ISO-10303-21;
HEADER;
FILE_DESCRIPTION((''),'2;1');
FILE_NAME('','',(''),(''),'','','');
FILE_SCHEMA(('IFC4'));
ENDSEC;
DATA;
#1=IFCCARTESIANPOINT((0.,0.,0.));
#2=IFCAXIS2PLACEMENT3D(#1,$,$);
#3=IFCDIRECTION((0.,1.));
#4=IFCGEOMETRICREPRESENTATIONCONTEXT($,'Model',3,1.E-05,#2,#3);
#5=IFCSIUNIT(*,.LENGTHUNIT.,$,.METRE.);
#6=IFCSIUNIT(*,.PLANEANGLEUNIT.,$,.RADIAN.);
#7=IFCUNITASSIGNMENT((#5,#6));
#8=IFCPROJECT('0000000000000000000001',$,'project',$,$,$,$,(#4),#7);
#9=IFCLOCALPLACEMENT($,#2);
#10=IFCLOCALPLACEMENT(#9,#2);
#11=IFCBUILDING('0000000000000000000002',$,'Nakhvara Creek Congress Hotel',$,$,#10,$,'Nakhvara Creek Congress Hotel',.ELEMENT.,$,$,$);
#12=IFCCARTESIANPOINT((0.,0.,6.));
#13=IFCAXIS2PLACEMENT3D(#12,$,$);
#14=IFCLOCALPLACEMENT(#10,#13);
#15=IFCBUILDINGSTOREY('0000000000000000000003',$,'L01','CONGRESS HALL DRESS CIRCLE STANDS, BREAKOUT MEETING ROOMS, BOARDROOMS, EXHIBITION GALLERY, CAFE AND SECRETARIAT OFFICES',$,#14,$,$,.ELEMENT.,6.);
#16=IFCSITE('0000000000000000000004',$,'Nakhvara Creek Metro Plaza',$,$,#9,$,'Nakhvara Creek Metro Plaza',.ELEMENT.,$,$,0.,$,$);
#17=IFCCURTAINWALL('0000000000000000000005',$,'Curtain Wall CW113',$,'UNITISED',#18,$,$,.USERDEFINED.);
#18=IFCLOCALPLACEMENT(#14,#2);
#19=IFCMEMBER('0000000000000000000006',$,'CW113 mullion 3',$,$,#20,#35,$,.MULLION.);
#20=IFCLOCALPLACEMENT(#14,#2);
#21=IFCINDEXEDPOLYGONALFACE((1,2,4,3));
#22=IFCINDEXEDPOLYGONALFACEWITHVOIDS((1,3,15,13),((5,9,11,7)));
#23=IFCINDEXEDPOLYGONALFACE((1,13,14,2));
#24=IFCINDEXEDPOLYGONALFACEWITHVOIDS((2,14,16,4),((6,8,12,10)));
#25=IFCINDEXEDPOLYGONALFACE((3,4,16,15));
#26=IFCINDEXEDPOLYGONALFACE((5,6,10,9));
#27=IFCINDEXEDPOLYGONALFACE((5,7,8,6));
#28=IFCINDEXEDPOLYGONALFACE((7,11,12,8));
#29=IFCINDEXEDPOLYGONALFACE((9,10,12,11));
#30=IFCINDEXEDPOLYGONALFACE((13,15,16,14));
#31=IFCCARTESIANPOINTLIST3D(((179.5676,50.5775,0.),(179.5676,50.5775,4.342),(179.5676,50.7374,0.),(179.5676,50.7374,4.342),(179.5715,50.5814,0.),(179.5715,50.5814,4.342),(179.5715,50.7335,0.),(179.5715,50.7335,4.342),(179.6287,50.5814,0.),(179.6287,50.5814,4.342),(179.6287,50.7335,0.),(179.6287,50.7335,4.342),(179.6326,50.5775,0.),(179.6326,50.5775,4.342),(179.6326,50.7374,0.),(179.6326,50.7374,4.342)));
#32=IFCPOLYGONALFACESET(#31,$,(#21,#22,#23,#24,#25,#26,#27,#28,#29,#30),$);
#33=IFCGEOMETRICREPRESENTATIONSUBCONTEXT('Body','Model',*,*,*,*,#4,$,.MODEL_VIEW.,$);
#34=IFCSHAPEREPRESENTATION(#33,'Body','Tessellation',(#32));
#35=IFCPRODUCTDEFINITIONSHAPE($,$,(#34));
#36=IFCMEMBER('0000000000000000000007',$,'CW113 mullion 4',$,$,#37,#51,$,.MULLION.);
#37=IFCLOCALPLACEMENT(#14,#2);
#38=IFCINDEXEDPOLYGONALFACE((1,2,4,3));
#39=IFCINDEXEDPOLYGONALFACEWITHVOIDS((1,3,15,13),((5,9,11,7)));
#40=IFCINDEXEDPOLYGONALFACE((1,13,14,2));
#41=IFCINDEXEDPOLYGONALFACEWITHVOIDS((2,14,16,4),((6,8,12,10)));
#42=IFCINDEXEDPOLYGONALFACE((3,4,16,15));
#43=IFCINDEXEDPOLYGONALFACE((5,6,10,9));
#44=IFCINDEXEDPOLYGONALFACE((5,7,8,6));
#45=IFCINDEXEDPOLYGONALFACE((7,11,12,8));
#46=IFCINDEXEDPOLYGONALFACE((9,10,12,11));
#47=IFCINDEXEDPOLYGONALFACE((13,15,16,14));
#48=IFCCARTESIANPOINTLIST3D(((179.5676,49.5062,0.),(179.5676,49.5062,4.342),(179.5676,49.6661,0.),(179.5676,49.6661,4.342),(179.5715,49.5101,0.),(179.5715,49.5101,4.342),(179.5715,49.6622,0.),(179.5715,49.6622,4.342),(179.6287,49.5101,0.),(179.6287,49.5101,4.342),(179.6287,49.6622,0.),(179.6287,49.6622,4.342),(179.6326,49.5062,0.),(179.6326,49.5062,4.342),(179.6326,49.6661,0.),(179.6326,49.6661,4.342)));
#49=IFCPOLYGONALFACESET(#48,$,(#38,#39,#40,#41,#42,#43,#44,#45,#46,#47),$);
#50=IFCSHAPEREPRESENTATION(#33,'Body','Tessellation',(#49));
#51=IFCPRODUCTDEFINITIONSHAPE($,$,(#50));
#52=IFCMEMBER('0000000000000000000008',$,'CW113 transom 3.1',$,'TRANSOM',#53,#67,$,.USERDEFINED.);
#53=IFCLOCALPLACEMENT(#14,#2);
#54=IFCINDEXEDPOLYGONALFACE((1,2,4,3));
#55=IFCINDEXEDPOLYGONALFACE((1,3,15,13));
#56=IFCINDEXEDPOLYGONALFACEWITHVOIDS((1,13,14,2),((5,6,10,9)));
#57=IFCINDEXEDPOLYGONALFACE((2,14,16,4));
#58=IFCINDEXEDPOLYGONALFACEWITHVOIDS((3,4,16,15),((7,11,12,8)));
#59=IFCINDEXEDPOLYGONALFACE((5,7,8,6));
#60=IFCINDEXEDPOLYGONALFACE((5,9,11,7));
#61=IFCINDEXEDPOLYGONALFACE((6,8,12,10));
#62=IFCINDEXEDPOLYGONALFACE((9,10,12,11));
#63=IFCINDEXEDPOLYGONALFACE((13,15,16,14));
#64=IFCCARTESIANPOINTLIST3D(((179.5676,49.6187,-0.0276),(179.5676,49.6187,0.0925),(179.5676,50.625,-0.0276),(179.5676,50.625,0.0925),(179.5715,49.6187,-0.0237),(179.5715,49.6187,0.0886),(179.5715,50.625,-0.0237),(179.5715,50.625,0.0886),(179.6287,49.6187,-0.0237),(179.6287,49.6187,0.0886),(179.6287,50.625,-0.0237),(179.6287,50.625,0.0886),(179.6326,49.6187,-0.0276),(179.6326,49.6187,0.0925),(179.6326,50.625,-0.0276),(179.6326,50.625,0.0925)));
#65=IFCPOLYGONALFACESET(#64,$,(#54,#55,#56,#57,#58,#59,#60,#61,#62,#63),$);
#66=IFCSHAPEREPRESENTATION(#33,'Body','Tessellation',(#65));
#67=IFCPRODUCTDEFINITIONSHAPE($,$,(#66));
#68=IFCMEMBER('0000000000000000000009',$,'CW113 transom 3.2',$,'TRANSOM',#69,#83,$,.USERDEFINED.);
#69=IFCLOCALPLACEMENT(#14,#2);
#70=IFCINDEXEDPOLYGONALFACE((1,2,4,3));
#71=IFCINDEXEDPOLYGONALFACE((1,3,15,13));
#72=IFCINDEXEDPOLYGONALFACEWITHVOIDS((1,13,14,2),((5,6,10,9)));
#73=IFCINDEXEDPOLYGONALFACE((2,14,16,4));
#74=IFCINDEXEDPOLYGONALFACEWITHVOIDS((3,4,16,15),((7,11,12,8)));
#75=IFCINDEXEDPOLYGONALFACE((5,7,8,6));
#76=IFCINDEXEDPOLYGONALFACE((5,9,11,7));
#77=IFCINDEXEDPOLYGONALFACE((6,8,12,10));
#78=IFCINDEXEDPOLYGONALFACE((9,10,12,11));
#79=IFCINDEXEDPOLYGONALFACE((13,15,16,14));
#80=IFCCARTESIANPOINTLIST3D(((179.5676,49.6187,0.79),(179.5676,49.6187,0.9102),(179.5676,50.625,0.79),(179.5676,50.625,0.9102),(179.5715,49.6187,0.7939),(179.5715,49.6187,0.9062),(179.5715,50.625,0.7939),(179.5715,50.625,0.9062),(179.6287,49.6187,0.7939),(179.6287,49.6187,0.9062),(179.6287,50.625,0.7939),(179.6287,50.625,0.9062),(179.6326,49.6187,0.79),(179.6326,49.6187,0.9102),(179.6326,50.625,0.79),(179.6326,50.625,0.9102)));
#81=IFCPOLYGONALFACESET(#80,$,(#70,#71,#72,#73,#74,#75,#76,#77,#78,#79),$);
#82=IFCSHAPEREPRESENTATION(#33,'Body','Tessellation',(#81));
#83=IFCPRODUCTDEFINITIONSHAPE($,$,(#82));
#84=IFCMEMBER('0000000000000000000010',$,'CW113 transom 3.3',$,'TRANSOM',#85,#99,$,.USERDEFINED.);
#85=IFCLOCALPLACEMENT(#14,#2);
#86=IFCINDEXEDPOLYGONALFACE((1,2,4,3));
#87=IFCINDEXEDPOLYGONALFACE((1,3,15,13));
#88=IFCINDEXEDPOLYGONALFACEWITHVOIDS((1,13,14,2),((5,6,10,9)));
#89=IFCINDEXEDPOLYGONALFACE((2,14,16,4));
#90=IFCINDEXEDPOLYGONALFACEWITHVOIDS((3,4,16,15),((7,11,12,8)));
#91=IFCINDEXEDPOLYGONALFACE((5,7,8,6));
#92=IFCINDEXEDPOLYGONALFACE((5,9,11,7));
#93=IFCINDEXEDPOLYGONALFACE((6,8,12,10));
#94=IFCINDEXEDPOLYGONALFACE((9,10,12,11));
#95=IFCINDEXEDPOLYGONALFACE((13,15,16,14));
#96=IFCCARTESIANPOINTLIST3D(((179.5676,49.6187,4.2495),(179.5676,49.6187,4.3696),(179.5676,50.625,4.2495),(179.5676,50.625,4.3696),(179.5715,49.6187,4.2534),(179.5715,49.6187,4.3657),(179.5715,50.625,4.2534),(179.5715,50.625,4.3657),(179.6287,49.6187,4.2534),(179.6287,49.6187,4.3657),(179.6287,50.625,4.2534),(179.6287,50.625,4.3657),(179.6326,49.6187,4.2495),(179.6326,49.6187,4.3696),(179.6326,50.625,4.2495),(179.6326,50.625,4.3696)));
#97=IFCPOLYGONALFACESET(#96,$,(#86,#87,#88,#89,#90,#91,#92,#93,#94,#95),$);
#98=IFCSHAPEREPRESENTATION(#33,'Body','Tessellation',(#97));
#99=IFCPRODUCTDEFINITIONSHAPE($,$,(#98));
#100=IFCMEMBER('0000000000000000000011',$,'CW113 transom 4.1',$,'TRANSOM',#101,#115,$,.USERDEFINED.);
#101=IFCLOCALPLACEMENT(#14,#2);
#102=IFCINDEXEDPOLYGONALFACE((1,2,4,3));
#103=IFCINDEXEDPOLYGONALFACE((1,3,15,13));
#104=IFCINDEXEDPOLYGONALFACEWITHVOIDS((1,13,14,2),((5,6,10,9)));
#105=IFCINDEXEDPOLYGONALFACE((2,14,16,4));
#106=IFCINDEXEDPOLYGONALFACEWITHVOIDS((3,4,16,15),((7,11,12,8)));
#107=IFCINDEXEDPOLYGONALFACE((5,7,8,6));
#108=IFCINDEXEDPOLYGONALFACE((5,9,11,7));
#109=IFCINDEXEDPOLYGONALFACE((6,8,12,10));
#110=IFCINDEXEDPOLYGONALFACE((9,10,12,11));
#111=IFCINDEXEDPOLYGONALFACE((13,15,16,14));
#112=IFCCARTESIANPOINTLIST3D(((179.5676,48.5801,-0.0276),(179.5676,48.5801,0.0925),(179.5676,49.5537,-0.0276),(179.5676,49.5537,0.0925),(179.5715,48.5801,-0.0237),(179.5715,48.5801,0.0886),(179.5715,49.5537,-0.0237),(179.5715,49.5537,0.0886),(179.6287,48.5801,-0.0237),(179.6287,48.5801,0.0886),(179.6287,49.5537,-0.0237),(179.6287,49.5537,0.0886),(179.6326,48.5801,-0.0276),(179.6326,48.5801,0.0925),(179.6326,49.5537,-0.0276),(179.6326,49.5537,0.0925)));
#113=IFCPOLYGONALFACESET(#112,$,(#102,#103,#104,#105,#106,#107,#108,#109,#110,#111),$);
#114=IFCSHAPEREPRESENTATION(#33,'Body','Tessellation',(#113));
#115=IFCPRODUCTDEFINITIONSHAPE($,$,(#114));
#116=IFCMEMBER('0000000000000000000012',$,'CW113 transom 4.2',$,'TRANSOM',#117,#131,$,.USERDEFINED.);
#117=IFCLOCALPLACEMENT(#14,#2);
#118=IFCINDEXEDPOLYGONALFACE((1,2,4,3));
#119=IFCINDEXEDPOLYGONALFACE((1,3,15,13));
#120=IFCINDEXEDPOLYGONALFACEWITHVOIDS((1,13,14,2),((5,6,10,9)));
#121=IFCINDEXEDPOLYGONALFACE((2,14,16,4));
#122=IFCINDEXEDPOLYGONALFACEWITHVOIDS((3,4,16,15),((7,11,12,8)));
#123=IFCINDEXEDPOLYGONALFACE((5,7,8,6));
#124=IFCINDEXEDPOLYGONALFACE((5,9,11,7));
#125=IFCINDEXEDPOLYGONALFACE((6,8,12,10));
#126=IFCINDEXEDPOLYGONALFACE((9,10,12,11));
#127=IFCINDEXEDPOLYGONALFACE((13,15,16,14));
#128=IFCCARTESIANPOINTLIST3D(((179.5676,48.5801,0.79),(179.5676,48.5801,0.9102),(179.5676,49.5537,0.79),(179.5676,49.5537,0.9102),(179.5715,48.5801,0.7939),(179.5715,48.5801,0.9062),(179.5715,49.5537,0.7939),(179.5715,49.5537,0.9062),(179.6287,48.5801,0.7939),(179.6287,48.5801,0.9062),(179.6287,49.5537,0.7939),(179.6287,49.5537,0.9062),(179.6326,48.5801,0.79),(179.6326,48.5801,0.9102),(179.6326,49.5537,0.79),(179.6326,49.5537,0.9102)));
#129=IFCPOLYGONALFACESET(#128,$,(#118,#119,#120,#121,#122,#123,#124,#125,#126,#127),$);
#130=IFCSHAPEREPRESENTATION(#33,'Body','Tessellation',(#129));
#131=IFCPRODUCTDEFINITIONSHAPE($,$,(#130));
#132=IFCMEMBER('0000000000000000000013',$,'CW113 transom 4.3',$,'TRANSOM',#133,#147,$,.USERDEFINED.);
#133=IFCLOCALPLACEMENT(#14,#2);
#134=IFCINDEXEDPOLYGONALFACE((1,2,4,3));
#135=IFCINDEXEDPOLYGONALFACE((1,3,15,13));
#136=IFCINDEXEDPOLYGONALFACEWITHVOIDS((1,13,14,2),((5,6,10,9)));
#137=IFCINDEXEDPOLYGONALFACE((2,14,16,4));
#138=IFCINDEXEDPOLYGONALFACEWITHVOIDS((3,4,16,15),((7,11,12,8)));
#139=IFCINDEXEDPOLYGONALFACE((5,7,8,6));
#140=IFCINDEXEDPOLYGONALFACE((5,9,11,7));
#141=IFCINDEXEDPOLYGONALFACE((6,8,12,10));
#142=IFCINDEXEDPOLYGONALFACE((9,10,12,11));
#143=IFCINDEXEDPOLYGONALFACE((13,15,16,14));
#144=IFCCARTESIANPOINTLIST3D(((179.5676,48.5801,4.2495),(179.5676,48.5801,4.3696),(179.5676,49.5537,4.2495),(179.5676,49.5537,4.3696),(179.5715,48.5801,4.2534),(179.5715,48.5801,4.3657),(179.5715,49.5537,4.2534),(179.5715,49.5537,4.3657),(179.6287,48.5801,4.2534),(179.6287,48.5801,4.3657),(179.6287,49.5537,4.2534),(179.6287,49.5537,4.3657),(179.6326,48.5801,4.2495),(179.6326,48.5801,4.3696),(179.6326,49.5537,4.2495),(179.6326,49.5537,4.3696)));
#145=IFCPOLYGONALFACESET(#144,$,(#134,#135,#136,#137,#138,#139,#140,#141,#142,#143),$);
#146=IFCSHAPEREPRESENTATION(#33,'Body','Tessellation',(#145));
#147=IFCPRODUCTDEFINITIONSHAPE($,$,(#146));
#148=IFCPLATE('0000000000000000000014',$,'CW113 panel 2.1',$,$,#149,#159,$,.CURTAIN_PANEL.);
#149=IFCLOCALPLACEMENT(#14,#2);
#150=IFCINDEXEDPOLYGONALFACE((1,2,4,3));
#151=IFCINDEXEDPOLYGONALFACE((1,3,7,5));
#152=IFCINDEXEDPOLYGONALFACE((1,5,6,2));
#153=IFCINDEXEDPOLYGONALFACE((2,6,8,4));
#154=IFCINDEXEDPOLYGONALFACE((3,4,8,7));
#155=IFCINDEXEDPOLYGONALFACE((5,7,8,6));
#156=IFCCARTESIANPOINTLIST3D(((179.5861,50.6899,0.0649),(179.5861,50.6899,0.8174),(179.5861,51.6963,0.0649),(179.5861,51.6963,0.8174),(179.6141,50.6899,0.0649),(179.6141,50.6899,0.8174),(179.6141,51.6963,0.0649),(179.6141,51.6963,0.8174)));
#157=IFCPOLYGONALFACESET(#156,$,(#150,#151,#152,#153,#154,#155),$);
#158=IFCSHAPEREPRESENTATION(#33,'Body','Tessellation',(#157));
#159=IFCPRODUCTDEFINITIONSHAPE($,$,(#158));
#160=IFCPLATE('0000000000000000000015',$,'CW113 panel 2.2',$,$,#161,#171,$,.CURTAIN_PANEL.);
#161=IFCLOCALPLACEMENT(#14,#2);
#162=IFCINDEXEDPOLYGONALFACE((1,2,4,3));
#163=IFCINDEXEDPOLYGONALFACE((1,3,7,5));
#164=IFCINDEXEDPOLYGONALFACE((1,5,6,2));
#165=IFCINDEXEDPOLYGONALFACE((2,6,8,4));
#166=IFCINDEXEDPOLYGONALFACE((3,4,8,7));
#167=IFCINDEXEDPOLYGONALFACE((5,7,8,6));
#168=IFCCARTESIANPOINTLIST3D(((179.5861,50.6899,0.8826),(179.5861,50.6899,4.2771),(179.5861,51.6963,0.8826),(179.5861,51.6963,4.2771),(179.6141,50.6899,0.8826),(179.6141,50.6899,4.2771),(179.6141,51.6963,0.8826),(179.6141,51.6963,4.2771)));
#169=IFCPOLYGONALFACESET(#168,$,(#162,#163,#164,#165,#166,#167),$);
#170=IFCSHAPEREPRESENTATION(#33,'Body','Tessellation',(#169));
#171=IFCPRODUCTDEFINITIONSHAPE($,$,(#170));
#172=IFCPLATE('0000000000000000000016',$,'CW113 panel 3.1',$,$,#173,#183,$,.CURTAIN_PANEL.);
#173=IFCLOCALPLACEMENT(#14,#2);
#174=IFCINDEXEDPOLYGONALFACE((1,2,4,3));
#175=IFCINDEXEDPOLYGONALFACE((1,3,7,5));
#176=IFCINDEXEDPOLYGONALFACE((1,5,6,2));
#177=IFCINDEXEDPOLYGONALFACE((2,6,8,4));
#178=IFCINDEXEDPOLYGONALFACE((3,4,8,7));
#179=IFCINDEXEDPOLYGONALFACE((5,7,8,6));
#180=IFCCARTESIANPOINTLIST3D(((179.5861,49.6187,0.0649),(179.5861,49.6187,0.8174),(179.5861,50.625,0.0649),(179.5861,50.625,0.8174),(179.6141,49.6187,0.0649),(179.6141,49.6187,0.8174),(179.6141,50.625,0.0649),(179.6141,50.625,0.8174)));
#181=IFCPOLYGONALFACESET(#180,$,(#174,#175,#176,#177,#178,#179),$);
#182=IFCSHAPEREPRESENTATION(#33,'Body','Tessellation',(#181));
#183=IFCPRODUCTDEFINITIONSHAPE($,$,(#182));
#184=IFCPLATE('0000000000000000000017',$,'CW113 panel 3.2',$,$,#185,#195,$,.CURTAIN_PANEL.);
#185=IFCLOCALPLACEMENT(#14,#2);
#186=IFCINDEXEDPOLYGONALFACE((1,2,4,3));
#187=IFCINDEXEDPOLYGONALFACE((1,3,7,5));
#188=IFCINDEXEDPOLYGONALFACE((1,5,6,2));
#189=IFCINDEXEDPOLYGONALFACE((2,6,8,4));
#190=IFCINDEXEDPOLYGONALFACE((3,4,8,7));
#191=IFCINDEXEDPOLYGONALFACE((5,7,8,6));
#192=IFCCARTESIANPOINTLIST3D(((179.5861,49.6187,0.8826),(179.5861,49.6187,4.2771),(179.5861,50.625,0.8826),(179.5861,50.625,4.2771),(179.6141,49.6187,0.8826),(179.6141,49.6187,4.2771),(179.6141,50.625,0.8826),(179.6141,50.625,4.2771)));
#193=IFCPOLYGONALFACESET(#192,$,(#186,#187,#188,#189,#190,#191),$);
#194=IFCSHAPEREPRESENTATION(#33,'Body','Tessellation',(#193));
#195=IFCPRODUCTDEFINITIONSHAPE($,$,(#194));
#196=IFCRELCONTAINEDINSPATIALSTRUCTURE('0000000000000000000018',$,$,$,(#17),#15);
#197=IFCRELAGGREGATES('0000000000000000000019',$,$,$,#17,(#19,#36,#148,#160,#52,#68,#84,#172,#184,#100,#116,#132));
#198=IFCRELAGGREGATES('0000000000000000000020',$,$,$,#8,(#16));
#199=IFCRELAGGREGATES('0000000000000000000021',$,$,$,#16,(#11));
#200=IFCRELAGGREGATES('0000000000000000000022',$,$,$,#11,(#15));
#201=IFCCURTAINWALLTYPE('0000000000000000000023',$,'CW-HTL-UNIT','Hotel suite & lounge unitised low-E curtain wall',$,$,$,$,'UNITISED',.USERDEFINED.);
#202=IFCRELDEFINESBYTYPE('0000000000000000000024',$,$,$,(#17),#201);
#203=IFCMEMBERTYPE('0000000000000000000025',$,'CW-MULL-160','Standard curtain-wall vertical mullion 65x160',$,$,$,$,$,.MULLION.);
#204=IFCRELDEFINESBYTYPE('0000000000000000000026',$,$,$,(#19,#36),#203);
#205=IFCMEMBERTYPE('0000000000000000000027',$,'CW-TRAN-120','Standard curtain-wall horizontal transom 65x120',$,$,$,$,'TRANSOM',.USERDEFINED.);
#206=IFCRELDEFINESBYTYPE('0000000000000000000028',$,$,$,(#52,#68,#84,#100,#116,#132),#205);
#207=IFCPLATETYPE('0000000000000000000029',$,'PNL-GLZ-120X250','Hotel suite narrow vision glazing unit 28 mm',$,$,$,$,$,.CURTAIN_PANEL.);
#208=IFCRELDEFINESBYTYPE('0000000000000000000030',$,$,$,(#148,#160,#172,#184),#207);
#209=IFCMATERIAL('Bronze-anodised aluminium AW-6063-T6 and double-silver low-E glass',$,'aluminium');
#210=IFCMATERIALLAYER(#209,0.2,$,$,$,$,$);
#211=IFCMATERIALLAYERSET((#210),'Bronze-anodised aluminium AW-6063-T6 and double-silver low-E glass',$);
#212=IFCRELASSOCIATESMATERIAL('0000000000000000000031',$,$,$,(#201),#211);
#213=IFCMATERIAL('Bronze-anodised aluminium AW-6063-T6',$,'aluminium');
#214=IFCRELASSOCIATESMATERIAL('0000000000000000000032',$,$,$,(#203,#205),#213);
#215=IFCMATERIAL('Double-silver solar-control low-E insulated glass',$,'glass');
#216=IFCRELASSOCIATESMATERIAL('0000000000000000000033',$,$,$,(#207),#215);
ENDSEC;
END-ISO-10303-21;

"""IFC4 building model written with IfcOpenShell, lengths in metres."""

from ifc_helpers import new_model, si_unit, direction, frame, origin, origin_2d, place, context, subcontext, project, spatial, rectangle, hollow_rectangle, extrude, material, layer, layer_set, material_profile, profile_set, type_object, element, aggregate, save


model = new_model("IFC4")

# Units and contexts
model_context = context("Model", 3, precision=1e-05, world=origin(), true_north=direction((0.0, 1.0)))
body_context = subcontext(model_context, "Body", "Model", "MODEL_VIEW")
ifc_project = project(units=[si_unit("LENGTHUNIT", "METRE"), si_unit("PLANEANGLEUNIT", "RADIAN")], contexts=[model_context])

# Site, building, storey
site_placement = place(None, origin())
site = spatial("IfcSite", under=ifc_project, at=site_placement, Name="Nakhvara Creek Metro Plaza", LongName="Nakhvara Creek Metro Plaza", CompositionType="ELEMENT", RefElevation=0.0)
building_placement = place(site_placement, origin())
building = spatial("IfcBuilding", under=site, at=building_placement, Name="Nakhvara Creek Congress Hotel", LongName="Nakhvara Creek Congress Hotel", CompositionType="ELEMENT")
storey_placement = place(building_placement, frame((0.0, 0.0, 6.0)))
storey = spatial("IfcBuildingStorey", under=building, at=storey_placement, Name="L01", Description="CONGRESS HALL DRESS CIRCLE STANDS, BREAKOUT MEETING ROOMS, BOARDROOMS, EXHIBITION GALLERY, CAFE AND SECRETARIAT OFFICES", CompositionType="ELEMENT", Elevation=6.0)

# Curtain wall, members, plates
ifc_material_1 = material(Name="Bronze-anodised aluminium AW-6063-T6 and double-silver low-E glass", Category="aluminium")
ifc_layer_1 = layer(ifc_material_1, 0.2)
ifc_layer_set_1 = layer_set([ifc_layer_1], Name="Bronze-anodised aluminium AW-6063-T6 and double-silver low-E glass")
curtain_wall_type = type_object("IfcCurtainWallType", Name="CW-HTL-UNIT", Description="Hotel suite & lounge unitised low-E curtain wall", ElementType="UNITISED", PredefinedType="USERDEFINED", material=ifc_layer_set_1)
curtain_wall_placement = place(storey_placement, origin())
curtain_wall = element("IfcCurtainWall", 1, at=curtain_wall_placement, inside=storey, type_object=curtain_wall_type, Name="Curtain Wall CW113", ObjectType="UNITISED", PredefinedType="USERDEFINED")
ifc_material_2 = material(Name="Bronze-anodised aluminium AW-6063-T6", Category="aluminium")
ifc_material_profile_1 = material_profile(ifc_material_2, hollow_rectangle(XDim=0.0649, YDim=0.1599, WallThickness=0.0039, at=origin_2d()), Name="ALU-MULL 65x160x4", Category="LoadBearing")
ifc_profile_set_1 = profile_set([ifc_material_profile_1], Name="Bronze-anodised aluminium AW-6063-T6")
member_type_1 = type_object("IfcMemberType", Name="CW-MULL-160", Description="Standard curtain-wall vertical mullion 65x160", PredefinedType="MULLION", material=ifc_profile_set_1)
member_1_placement = place(storey_placement, frame((179.6001, 50.6575, 0.0), z_axis=(0.0, 0.0, 1.0), x_axis=(1.0, 0.0, 0.0)))
member_1 = element("IfcMember", 2, at=member_1_placement, type_object=member_type_1, Name="CW113 mullion 3", PredefinedType="MULLION", context=body_context, shape_type="SweptSolid", body=[
    extrude(hollow_rectangle(XDim=0.0649, YDim=0.1599, WallThickness=0.0039, at=origin_2d()), origin(), (0.0, 0.0, 1.0), 4.342),
])
member_2_placement = place(storey_placement, frame((179.6001, 49.5862, 0.0), z_axis=(0.0, 0.0, 1.0), x_axis=(1.0, 0.0, 0.0)))
member_2 = element("IfcMember", 3, at=member_2_placement, type_object=member_type_1, Name="CW113 mullion 4", PredefinedType="MULLION", context=body_context, shape_type="SweptSolid", body=[
    extrude(hollow_rectangle(XDim=0.0649, YDim=0.1599, WallThickness=0.0039, at=origin_2d()), origin(), (0.0, 0.0, 1.0), 4.342),
])
ifc_material_profile_2 = material_profile(ifc_material_2, hollow_rectangle(XDim=0.0649, YDim=0.1201, WallThickness=0.0039, at=origin_2d()), Name="ALU-TRAN 65x120x4", Category="LoadBearing")
ifc_profile_set_2 = profile_set([ifc_material_profile_2], Name="Bronze-anodised aluminium AW-6063-T6")
member_type_2 = type_object("IfcMemberType", Name="CW-TRAN-120", Description="Standard curtain-wall horizontal transom 65x120", ElementType="TRANSOM", PredefinedType="USERDEFINED", material=ifc_profile_set_2)
member_3_placement = place(storey_placement, frame((179.6001, 50.625, 0.0325), z_axis=(0.0, -1.0, 0.0), x_axis=(1.0, 0.0, 0.0)))
member_3 = element("IfcMember", 4, at=member_3_placement, type_object=member_type_2, Name="CW113 transom 3.1", ObjectType="TRANSOM", PredefinedType="USERDEFINED", context=body_context, shape_type="SweptSolid", body=[
    extrude(hollow_rectangle(XDim=0.0649, YDim=0.1201, WallThickness=0.0039, at=origin_2d()), origin(), (0.0, 0.0, 1.0), 1.0063),
])
member_4_placement = place(storey_placement, frame((179.6001, 50.625, 0.8501), z_axis=(0.0, -1.0, 0.0), x_axis=(1.0, 0.0, 0.0)))
member_4 = element("IfcMember", 5, at=member_4_placement, type_object=member_type_2, Name="CW113 transom 3.2", ObjectType="TRANSOM", PredefinedType="USERDEFINED", context=body_context, shape_type="SweptSolid", body=[
    extrude(hollow_rectangle(XDim=0.0649, YDim=0.1201, WallThickness=0.0039, at=origin_2d()), origin(), (0.0, 0.0, 1.0), 1.0063),
])
member_5_placement = place(storey_placement, frame((179.6001, 50.625, 4.3096), z_axis=(0.0, -1.0, 0.0), x_axis=(1.0, 0.0, 0.0)))
member_5 = element("IfcMember", 6, at=member_5_placement, type_object=member_type_2, Name="CW113 transom 3.3", ObjectType="TRANSOM", PredefinedType="USERDEFINED", context=body_context, shape_type="SweptSolid", body=[
    extrude(hollow_rectangle(XDim=0.0649, YDim=0.1201, WallThickness=0.0039, at=origin_2d()), origin(), (0.0, 0.0, 1.0), 1.0063),
])
member_6_placement = place(storey_placement, frame((179.6001, 49.5537, 0.0325), z_axis=(0.0, -1.0, 0.0), x_axis=(1.0, 0.0, 0.0)))
member_6 = element("IfcMember", 7, at=member_6_placement, type_object=member_type_2, Name="CW113 transom 4.1", ObjectType="TRANSOM", PredefinedType="USERDEFINED", context=body_context, shape_type="SweptSolid", body=[
    extrude(hollow_rectangle(XDim=0.0649, YDim=0.1201, WallThickness=0.0039, at=origin_2d()), origin(), (0.0, 0.0, 1.0), 0.9736),
])
member_7_placement = place(storey_placement, frame((179.6001, 49.5537, 0.8501), z_axis=(0.0, -1.0, 0.0), x_axis=(1.0, 0.0, 0.0)))
member_7 = element("IfcMember", 8, at=member_7_placement, type_object=member_type_2, Name="CW113 transom 4.2", ObjectType="TRANSOM", PredefinedType="USERDEFINED", context=body_context, shape_type="SweptSolid", body=[
    extrude(hollow_rectangle(XDim=0.0649, YDim=0.1201, WallThickness=0.0039, at=origin_2d()), origin(), (0.0, 0.0, 1.0), 0.9736),
])
member_8_placement = place(storey_placement, frame((179.6001, 49.5537, 4.3096), z_axis=(0.0, -1.0, 0.0), x_axis=(1.0, 0.0, 0.0)))
member_8 = element("IfcMember", 9, at=member_8_placement, type_object=member_type_2, Name="CW113 transom 4.3", ObjectType="TRANSOM", PredefinedType="USERDEFINED", context=body_context, shape_type="SweptSolid", body=[
    extrude(hollow_rectangle(XDim=0.0649, YDim=0.1201, WallThickness=0.0039, at=origin_2d()), origin(), (0.0, 0.0, 1.0), 0.9736),
])
ifc_material_3 = material(Name="Double-silver solar-control low-E insulated glass", Category="glass")
plate_type = type_object("IfcPlateType", Name="PNL-GLZ-120X250", Description="Hotel suite narrow vision glazing unit 28 mm", PredefinedType="CURTAIN_PANEL", material=ifc_material_3)
plate_1_placement = place(storey_placement, frame((179.6001, 51.1931, 0.0649), z_axis=(0.0, 0.0, 1.0), x_axis=(0.0, -1.0, 0.0)))
plate_1 = element("IfcPlate", 10, at=plate_1_placement, type_object=plate_type, Name="CW113 panel 2.1", PredefinedType="CURTAIN_PANEL", context=body_context, shape_type="SweptSolid", body=[
    extrude(rectangle(XDim=1.0063, YDim=0.0281, at=origin_2d()), origin(), (0.0, 0.0, 1.0), 0.7524),
])
plate_2_placement = place(storey_placement, frame((179.6001, 51.1931, 0.8826), z_axis=(0.0, 0.0, 1.0), x_axis=(0.0, -1.0, 0.0)))
plate_2 = element("IfcPlate", 11, at=plate_2_placement, type_object=plate_type, Name="CW113 panel 2.2", PredefinedType="CURTAIN_PANEL", context=body_context, shape_type="SweptSolid", body=[
    extrude(rectangle(XDim=1.0063, YDim=0.0281, at=origin_2d()), origin(), (0.0, 0.0, 1.0), 3.3945),
])
plate_3_placement = place(storey_placement, frame((179.6001, 50.1218, 0.0649), z_axis=(0.0, 0.0, 1.0), x_axis=(0.0, -1.0, 0.0)))
plate_3 = element("IfcPlate", 12, at=plate_3_placement, type_object=plate_type, Name="CW113 panel 3.1", PredefinedType="CURTAIN_PANEL", context=body_context, shape_type="SweptSolid", body=[
    extrude(rectangle(XDim=1.0063, YDim=0.0281, at=origin_2d()), origin(), (0.0, 0.0, 1.0), 0.7524),
])
plate_4_placement = place(storey_placement, frame((179.6001, 50.1218, 0.8826), z_axis=(0.0, 0.0, 1.0), x_axis=(0.0, -1.0, 0.0)))
plate_4 = element("IfcPlate", 13, at=plate_4_placement, type_object=plate_type, Name="CW113 panel 3.2", PredefinedType="CURTAIN_PANEL", context=body_context, shape_type="SweptSolid", body=[
    extrude(rectangle(XDim=1.0063, YDim=0.0281, at=origin_2d()), origin(), (0.0, 0.0, 1.0), 3.3945),
])
aggregate(curtain_wall, [member_1, member_2, plate_1, plate_2, member_3, member_4, member_5, plate_3, plate_4, member_6, member_7, member_8])

save(model, "model.ifc")
